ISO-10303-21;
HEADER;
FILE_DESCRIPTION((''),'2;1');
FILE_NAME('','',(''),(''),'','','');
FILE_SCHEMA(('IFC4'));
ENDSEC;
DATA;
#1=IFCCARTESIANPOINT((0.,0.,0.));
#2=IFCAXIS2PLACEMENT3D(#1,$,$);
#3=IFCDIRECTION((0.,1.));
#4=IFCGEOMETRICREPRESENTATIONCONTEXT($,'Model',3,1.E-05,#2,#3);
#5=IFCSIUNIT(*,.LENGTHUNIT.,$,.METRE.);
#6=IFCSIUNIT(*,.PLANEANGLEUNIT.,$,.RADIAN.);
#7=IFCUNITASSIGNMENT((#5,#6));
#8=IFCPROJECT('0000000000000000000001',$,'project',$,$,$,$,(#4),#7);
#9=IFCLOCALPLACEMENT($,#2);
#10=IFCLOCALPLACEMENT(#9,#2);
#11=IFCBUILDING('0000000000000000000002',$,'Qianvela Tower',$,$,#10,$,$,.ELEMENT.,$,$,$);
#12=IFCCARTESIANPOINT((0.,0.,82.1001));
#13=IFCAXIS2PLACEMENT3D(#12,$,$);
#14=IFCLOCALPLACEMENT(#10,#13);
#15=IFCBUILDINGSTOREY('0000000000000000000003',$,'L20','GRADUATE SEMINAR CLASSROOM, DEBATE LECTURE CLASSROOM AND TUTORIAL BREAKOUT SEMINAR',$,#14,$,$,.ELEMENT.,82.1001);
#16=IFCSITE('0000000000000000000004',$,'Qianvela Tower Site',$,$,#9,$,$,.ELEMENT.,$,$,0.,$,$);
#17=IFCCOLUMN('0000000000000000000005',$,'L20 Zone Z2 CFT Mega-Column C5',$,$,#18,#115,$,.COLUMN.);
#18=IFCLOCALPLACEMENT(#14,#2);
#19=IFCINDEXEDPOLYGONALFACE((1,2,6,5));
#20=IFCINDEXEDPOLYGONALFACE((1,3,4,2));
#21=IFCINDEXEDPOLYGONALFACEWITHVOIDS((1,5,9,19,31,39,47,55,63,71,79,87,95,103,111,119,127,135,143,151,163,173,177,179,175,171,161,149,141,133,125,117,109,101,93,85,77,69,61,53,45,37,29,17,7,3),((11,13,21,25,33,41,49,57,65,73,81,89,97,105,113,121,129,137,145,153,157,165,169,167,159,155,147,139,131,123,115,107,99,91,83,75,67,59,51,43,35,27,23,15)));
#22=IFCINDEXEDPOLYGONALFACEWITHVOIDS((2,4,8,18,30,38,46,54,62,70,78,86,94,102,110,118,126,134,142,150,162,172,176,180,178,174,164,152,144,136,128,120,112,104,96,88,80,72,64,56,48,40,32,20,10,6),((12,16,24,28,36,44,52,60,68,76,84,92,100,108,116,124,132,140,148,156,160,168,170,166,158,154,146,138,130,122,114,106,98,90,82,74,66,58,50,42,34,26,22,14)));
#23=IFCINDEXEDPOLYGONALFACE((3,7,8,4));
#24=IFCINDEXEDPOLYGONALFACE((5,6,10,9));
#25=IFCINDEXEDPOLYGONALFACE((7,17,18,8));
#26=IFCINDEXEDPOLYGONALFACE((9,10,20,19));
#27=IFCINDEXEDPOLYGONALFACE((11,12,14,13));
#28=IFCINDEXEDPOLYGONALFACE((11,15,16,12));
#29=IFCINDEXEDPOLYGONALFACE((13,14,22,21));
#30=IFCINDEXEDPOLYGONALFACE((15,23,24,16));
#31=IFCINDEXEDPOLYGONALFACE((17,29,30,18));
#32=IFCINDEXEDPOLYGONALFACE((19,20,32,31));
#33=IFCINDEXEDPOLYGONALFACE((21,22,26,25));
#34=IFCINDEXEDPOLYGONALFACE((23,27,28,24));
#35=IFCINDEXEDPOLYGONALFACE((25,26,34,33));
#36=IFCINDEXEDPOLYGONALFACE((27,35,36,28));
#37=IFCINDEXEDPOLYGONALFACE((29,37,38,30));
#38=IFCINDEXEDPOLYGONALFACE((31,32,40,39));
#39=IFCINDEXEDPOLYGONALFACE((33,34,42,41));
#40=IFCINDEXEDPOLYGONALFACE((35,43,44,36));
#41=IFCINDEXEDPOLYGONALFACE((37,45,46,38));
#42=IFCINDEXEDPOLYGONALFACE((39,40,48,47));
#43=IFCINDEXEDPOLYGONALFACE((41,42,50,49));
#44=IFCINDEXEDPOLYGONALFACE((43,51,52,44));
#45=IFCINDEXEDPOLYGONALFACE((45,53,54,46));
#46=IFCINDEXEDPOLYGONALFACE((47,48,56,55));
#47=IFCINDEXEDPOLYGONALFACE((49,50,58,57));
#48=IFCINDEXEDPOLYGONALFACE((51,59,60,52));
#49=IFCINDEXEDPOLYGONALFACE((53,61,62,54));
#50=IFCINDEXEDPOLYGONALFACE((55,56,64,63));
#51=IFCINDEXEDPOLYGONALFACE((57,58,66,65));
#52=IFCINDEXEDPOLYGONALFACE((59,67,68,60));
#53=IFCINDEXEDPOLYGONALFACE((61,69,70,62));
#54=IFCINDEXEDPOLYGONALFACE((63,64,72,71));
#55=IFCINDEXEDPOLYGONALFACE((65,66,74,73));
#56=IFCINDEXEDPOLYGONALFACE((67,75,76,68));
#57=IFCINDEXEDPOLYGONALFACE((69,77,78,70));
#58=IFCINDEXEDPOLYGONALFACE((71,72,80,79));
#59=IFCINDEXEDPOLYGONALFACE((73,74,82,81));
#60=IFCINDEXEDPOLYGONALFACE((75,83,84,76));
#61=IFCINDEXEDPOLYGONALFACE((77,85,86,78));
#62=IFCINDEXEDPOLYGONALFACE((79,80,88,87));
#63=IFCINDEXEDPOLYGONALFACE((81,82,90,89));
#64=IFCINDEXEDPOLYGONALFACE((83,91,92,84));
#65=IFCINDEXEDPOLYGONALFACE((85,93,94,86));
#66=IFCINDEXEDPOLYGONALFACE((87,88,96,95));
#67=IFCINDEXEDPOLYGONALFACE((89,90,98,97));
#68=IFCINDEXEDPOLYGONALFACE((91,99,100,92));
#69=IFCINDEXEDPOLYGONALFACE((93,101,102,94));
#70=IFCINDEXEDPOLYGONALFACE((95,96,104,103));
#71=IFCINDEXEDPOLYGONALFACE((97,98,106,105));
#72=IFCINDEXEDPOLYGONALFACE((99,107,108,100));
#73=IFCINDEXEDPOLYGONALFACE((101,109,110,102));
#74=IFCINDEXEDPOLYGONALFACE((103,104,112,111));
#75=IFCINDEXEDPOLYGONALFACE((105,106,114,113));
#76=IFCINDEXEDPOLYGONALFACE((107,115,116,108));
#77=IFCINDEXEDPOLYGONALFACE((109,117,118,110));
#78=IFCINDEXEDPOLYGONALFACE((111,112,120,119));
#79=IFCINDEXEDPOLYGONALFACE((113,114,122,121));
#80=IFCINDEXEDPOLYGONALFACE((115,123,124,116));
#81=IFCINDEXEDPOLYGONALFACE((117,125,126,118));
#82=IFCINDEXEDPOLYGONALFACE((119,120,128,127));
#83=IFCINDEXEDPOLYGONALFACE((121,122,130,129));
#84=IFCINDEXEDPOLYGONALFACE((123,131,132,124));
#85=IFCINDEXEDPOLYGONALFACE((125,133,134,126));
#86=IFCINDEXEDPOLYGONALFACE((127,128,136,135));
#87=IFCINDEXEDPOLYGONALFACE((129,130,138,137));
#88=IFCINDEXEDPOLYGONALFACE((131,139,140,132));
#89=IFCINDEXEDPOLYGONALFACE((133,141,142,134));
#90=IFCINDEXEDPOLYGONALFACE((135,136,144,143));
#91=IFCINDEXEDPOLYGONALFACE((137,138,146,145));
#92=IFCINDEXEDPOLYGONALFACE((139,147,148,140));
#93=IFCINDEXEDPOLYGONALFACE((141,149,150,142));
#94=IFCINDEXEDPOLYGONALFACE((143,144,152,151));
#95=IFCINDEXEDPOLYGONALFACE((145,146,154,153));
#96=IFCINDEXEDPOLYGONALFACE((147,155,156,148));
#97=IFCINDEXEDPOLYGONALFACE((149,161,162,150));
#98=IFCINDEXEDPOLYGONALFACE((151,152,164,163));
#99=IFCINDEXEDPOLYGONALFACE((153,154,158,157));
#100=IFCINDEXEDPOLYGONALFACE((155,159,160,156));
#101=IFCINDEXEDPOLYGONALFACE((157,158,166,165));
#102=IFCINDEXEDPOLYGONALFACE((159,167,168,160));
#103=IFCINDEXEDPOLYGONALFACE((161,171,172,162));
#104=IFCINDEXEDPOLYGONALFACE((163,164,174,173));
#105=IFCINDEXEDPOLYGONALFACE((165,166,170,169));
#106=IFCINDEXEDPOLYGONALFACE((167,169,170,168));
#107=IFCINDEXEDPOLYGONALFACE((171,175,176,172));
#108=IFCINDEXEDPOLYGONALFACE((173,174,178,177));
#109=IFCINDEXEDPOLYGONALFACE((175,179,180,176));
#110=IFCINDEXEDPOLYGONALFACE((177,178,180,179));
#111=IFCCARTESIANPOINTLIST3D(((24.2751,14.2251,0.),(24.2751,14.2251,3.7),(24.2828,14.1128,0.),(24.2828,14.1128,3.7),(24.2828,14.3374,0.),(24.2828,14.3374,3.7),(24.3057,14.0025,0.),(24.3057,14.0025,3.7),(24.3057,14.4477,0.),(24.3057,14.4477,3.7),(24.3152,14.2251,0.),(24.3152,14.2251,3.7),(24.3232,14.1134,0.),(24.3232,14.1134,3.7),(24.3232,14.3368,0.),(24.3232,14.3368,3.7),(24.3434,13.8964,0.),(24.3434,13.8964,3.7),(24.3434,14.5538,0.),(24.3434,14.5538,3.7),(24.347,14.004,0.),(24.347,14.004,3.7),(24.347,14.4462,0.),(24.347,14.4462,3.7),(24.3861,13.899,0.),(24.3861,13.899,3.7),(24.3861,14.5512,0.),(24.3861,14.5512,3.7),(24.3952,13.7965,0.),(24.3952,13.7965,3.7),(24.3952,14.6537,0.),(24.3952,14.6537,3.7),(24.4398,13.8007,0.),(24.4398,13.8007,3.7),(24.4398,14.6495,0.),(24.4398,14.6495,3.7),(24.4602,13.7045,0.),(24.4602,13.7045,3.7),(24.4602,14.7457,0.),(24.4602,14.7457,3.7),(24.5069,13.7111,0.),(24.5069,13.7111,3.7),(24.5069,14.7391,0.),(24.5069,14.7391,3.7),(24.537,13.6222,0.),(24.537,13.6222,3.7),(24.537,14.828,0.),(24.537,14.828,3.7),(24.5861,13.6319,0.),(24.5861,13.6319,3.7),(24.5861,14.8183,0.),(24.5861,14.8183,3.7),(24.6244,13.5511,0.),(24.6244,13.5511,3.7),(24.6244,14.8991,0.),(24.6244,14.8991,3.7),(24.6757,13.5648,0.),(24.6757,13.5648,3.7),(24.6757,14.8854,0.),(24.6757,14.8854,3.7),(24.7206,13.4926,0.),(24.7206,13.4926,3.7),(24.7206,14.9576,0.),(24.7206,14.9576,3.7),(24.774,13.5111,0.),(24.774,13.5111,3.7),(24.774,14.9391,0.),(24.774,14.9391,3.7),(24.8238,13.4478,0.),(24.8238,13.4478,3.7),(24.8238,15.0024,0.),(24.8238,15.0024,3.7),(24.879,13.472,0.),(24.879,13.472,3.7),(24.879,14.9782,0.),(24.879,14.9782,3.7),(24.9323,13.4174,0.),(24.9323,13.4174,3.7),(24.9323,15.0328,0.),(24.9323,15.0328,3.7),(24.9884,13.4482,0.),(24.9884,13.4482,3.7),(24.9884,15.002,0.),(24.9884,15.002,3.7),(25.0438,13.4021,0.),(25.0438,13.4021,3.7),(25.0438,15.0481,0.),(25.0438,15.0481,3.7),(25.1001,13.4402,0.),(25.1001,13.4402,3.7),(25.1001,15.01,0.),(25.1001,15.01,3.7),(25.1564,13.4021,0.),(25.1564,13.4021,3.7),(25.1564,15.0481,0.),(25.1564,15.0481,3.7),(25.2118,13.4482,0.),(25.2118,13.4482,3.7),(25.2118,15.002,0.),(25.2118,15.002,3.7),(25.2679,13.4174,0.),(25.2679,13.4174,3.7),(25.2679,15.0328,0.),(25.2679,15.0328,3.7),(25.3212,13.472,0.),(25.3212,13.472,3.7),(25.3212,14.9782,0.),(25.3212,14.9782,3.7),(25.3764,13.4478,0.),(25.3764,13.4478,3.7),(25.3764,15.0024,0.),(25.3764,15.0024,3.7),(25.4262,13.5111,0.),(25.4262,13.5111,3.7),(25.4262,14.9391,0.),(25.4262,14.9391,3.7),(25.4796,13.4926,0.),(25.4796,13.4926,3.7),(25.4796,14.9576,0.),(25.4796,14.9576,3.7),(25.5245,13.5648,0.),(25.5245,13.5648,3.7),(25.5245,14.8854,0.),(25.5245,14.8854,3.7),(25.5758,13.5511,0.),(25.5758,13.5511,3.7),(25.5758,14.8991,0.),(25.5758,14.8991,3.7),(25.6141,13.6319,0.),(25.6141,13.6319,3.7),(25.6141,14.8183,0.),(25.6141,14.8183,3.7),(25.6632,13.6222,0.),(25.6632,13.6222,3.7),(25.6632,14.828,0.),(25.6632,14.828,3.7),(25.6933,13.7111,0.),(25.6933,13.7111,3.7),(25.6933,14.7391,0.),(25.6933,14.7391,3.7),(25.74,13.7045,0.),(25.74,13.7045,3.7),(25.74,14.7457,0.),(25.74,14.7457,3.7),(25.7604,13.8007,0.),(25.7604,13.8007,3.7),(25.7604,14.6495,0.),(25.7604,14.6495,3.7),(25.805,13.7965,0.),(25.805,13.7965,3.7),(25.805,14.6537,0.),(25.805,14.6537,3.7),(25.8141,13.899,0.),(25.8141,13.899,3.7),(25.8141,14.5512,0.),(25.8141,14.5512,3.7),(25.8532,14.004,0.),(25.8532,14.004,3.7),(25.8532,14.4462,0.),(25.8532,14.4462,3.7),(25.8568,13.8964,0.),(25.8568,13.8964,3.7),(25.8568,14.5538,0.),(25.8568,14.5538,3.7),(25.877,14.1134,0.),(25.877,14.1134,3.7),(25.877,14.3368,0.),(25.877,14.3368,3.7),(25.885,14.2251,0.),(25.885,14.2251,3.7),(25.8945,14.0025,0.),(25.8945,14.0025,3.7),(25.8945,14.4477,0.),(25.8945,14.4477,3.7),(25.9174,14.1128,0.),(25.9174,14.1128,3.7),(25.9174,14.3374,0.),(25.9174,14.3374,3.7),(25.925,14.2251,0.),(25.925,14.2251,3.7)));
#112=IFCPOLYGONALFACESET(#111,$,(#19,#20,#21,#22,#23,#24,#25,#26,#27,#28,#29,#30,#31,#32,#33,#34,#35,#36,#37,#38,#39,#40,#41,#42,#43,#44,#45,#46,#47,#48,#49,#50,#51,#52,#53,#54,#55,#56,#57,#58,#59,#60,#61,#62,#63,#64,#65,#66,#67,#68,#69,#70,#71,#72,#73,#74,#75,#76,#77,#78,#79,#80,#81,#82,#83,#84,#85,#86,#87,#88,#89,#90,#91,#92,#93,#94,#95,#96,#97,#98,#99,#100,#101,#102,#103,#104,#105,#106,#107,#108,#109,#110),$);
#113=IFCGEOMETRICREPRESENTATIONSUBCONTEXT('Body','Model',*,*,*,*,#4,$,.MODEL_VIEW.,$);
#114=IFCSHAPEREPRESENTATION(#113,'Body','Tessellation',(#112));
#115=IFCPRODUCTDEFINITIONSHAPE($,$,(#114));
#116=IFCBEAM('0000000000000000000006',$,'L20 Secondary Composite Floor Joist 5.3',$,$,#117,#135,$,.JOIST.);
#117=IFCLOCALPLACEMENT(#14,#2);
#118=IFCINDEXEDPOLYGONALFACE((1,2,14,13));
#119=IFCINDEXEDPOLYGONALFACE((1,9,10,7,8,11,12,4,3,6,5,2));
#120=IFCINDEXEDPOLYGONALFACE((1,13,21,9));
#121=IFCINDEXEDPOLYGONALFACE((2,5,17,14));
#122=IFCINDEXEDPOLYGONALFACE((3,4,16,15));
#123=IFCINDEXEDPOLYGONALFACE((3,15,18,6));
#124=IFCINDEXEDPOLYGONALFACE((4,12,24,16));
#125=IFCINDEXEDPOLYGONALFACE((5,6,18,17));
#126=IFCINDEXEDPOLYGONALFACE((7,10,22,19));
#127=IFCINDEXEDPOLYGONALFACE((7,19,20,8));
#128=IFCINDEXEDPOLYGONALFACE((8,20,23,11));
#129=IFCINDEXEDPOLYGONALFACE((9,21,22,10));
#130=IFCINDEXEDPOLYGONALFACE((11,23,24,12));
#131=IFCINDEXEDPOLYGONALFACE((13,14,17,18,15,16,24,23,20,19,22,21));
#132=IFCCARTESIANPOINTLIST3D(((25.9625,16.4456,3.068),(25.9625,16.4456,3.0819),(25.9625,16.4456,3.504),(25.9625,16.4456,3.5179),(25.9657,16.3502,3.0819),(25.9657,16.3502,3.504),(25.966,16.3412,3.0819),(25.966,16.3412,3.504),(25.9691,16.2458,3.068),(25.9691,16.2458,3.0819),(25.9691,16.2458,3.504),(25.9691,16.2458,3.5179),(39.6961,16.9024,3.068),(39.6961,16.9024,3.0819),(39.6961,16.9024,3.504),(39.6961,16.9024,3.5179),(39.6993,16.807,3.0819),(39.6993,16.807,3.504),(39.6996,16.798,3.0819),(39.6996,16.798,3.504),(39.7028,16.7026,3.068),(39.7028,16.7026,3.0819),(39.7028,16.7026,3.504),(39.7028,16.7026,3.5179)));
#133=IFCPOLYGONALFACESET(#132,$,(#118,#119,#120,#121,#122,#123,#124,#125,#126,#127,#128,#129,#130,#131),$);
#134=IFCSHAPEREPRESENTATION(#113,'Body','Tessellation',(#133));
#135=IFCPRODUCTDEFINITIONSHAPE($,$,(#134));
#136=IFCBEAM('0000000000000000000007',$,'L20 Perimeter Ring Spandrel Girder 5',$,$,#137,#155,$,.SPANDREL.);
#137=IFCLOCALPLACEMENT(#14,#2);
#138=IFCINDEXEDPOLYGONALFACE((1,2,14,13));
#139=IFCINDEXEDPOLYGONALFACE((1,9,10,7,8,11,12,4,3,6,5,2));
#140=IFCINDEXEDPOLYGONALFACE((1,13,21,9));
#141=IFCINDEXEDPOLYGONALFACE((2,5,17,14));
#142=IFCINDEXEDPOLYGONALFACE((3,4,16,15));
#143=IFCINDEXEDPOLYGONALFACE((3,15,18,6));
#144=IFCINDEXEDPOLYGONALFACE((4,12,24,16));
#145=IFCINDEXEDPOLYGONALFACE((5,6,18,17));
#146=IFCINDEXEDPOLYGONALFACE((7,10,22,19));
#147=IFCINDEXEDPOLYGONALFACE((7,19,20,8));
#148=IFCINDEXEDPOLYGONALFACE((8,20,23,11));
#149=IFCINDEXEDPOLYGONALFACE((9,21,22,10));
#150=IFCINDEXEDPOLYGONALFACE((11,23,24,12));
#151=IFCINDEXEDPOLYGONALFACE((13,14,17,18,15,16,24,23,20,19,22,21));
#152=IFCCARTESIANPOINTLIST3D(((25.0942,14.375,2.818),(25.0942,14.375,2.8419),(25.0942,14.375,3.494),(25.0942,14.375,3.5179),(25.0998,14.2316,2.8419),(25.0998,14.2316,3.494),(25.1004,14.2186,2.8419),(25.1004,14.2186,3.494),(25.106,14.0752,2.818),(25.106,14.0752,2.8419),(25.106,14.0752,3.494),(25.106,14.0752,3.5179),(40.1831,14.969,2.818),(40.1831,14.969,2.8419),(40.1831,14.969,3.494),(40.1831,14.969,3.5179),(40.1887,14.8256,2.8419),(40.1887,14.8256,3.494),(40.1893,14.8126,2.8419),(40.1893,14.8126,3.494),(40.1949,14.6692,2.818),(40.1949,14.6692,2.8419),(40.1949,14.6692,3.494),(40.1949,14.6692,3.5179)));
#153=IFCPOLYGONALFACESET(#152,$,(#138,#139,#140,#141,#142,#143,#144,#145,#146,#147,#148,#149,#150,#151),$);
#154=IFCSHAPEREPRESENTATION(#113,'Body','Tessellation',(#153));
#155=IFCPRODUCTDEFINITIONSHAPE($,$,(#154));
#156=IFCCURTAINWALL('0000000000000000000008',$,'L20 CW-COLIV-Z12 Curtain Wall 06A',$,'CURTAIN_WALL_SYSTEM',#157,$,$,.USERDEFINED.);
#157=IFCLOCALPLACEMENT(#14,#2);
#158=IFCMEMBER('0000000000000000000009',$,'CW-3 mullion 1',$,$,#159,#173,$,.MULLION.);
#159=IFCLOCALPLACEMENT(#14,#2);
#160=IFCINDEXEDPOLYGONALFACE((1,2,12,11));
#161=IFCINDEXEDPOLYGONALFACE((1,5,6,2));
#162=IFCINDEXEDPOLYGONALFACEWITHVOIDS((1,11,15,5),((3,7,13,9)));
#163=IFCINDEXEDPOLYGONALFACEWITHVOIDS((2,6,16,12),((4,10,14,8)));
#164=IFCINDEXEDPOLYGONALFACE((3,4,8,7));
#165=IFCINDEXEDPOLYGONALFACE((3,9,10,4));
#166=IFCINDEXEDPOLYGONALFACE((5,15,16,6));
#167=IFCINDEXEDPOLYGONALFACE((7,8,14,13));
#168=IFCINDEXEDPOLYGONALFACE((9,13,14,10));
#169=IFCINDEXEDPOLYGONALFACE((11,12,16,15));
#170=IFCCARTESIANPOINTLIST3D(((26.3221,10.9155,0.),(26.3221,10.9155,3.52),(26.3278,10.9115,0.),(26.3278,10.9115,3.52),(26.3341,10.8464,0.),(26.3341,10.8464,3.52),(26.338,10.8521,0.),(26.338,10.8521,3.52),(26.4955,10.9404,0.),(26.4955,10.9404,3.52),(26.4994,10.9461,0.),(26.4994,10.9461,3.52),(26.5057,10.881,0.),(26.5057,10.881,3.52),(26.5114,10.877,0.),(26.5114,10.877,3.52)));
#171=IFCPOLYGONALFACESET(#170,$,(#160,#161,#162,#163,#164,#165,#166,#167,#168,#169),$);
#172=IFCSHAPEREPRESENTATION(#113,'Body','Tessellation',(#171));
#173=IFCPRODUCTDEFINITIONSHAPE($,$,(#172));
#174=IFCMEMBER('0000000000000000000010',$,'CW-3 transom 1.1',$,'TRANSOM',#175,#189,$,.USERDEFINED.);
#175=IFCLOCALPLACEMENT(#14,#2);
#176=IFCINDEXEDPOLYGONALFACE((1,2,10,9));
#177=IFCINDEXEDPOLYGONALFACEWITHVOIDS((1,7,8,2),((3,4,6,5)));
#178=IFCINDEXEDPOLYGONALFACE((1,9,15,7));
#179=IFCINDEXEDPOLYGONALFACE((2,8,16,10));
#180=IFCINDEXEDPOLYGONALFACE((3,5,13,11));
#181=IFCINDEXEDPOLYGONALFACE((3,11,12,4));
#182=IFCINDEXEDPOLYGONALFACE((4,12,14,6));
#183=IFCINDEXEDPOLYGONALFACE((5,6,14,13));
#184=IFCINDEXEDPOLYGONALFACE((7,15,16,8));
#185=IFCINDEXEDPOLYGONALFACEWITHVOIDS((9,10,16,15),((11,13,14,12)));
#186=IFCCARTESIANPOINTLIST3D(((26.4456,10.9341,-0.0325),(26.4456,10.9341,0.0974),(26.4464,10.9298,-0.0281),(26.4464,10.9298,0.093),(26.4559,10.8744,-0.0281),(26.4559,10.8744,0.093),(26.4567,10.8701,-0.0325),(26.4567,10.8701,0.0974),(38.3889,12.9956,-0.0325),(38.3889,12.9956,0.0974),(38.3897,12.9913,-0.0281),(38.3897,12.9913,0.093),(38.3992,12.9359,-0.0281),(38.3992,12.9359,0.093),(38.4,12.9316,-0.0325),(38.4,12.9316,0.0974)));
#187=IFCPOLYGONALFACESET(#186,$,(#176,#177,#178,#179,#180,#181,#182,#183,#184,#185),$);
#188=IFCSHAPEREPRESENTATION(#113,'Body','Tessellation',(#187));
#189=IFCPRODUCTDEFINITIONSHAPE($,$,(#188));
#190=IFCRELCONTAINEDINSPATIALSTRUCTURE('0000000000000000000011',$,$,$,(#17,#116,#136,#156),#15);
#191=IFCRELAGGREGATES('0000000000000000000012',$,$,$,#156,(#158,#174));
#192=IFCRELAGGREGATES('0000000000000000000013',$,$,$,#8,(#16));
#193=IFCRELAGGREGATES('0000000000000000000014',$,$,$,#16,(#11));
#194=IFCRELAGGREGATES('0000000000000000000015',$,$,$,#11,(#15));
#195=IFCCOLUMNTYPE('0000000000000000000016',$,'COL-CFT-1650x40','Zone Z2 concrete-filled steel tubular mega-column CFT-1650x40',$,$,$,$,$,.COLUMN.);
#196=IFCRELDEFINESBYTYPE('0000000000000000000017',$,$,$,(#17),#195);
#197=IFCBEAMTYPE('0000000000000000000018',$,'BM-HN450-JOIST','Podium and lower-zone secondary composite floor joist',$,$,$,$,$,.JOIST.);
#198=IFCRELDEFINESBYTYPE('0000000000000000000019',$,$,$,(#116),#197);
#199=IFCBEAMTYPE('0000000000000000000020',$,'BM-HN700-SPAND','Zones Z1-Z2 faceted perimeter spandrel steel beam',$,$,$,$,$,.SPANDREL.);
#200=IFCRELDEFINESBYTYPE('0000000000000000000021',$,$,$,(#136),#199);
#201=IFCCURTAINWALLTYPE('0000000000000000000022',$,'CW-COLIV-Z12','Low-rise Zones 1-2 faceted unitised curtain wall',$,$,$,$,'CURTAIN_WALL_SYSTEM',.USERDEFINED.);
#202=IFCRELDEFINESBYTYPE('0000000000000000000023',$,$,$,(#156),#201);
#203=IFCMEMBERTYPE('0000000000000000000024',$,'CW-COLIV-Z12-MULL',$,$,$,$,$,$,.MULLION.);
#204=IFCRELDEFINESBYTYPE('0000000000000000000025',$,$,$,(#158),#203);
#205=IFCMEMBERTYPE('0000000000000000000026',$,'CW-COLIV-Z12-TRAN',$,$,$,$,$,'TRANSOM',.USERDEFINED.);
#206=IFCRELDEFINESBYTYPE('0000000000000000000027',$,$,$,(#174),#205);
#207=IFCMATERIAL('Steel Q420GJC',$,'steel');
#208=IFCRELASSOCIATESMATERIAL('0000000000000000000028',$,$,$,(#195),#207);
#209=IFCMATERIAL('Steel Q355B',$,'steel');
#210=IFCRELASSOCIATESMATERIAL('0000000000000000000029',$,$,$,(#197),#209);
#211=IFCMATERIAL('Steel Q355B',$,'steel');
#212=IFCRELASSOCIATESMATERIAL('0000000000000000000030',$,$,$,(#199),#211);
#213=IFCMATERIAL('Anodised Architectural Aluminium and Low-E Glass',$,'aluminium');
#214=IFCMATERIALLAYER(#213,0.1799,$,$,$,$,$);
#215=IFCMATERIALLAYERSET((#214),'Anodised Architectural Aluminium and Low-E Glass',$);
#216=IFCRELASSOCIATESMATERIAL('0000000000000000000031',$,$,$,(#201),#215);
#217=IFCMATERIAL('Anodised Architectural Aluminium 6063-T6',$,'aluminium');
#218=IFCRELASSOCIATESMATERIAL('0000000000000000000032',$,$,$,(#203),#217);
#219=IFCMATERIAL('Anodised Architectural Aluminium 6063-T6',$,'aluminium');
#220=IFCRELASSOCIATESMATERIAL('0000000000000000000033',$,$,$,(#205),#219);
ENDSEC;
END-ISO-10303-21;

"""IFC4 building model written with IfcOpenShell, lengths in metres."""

from ifc_helpers import new_model, si_unit, direction, frame, origin, origin_2d, place, context, subcontext, project, spatial, hollow_rectangle, hollow_circle, i_section, extrude, material, layer, layer_set, material_profile, profile_set, type_object, element, aggregate, save


model = new_model("IFC4")

# Units and contexts
model_context = context("Model", 3, precision=1e-05, world=origin(), true_north=direction((0.0, 1.0)))
body_context = subcontext(model_context, "Body", "Model", "MODEL_VIEW")
ifc_project = project(units=[si_unit("LENGTHUNIT", "METRE"), si_unit("PLANEANGLEUNIT", "RADIAN")], contexts=[model_context])

# Site, building, storey
site_placement = place(None, origin())
site = spatial("IfcSite", under=ifc_project, at=site_placement, Name="Qianvela Tower Site", CompositionType="ELEMENT", RefElevation=0.0)
building_placement = place(site_placement, origin())
building = spatial("IfcBuilding", under=site, at=building_placement, Name="Qianvela Tower", CompositionType="ELEMENT")
storey_placement = place(building_placement, frame((0.0, 0.0, 82.1001)))
storey = spatial("IfcBuildingStorey", under=building, at=storey_placement, Name="L20", Description="GRADUATE SEMINAR CLASSROOM, DEBATE LECTURE CLASSROOM AND TUTORIAL BREAKOUT SEMINAR", CompositionType="ELEMENT", Elevation=82.1001)

# Column
ifc_material_1 = material(Name="Steel Q420GJC", Category="steel")
ifc_material_profile_1 = material_profile(ifc_material_1, hollow_circle(Radius=0.825, WallThickness=0.04, at=origin_2d()), Name="CFT-1650x40")
ifc_profile_set_1 = profile_set([ifc_material_profile_1], Name="Steel Q420GJC")
column_type = type_object("IfcColumnType", Name="COL-CFT-1650x40", Description="Zone Z2 concrete-filled steel tubular mega-column CFT-1650x40", PredefinedType="COLUMN", material=ifc_profile_set_1)
column_placement = place(storey_placement, frame((25.1001, 14.2251, 0.0), z_axis=(0.0, 0.0, 1.0), x_axis=(1.0, 0.0, 0.0)))
element("IfcColumn", 1, at=column_placement, inside=storey, type_object=column_type, Name="L20 Zone Z2 CFT Mega-Column C5", PredefinedType="COLUMN", context=body_context, shape_type="SweptSolid", body=[
    extrude(hollow_circle(Radius=0.825, WallThickness=0.04, at=origin_2d()), origin(), (0.0, 0.0, 1.0), 3.7),
])

# Beams
ifc_material_2 = material(Name="Steel Q355B", Category="steel")
ifc_material_profile_2 = material_profile(ifc_material_2, i_section(OverallWidth=0.2, OverallDepth=0.45, WebThickness=0.009, FlangeThickness=0.0139, at=origin_2d()), Name="HN450x200x9x14")
ifc_profile_set_2 = profile_set([ifc_material_profile_2], Name="Steel Q355B")
beam_type_1 = type_object("IfcBeamType", Name="BM-HN450-JOIST", Description="Podium and lower-zone secondary composite floor joist", PredefinedType="JOIST", material=ifc_profile_set_2)
beam_1_placement = place(storey_placement, frame((25.9658, 16.3457, 3.293), z_axis=(0.999447, 0.033242, 0.0), x_axis=(-0.033242, 0.999447, 0.0)))
element("IfcBeam", 2, at=beam_1_placement, inside=storey, type_object=beam_type_1, Name="L20 Secondary Composite Floor Joist 5.3", PredefinedType="JOIST", context=body_context, shape_type="SweptSolid", body=[
    extrude(i_section(OverallWidth=0.2, OverallDepth=0.45, WebThickness=0.009, FlangeThickness=0.0139, at=origin_2d()), origin(), (0.0, 0.0, 1.0), 13.7412),
])
ifc_material_3 = material(Name="Steel Q355B", Category="steel")
ifc_material_profile_3 = material_profile(ifc_material_3, i_section(OverallWidth=0.3, OverallDepth=0.7, WebThickness=0.0129, FlangeThickness=0.0239, at=origin_2d()), Name="HN700x300x13x24")
ifc_profile_set_3 = profile_set([ifc_material_profile_3], Name="Steel Q355B")
beam_type_2 = type_object("IfcBeamType", Name="BM-HN700-SPAND", Description="Zones Z1-Z2 faceted perimeter spandrel steel beam", PredefinedType="SPANDREL", material=ifc_profile_set_3)
beam_2_placement = place(storey_placement, frame((25.1001, 14.2251, 3.168), z_axis=(0.999226, 0.039336, 0.0), x_axis=(-0.039336, 0.999226, 0.0)))
element("IfcBeam", 3, at=beam_2_placement, inside=storey, type_object=beam_type_2, Name="L20 Perimeter Ring Spandrel Girder 5", PredefinedType="SPANDREL", context=body_context, shape_type="SweptSolid", body=[
    extrude(i_section(OverallWidth=0.3, OverallDepth=0.7, WebThickness=0.0129, FlangeThickness=0.0239, at=origin_2d()), origin(), (0.0, 0.0, 1.0), 15.1006),
])

# Curtain wall, members
ifc_material_4 = material(Name="Anodised Architectural Aluminium and Low-E Glass", Category="aluminium")
ifc_layer_1 = layer(ifc_material_4, 0.1799)
ifc_layer_set_1 = layer_set([ifc_layer_1], Name="Anodised Architectural Aluminium and Low-E Glass")
curtain_wall_type = type_object("IfcCurtainWallType", Name="CW-COLIV-Z12", Description="Low-rise Zones 1-2 faceted unitised curtain wall", ElementType="CURTAIN_WALL_SYSTEM", PredefinedType="USERDEFINED", material=ifc_layer_set_1)
curtain_wall_placement = place(storey_placement, origin())
curtain_wall = element("IfcCurtainWall", 4, at=curtain_wall_placement, inside=storey, type_object=curtain_wall_type, Name="L20 CW-COLIV-Z12 Curtain Wall 06A", ObjectType="CURTAIN_WALL_SYSTEM", PredefinedType="USERDEFINED")
ifc_material_5 = material(Name="Anodised Architectural Aluminium 6063-T6", Category="aluminium")
ifc_material_profile_4 = material_profile(ifc_material_5, hollow_rectangle(XDim=0.0701, YDim=0.1799, WallThickness=0.0049, at=origin_2d()), Name="ALU-MULL-70x180")
ifc_profile_set_4 = profile_set([ifc_material_profile_4], Name="Anodised Architectural Aluminium 6063-T6")
member_type_1 = type_object("IfcMemberType", Name="CW-COLIV-Z12-MULL", PredefinedType="MULLION", material=ifc_profile_set_4)
member_1_placement = place(storey_placement, frame((26.4167, 10.8962, 0.0), z_axis=(0.0, 0.0, 1.0), x_axis=(-0.17009, 0.985428, 0.0)))
member_1 = element("IfcMember", 5, at=member_1_placement, type_object=member_type_1, Name="CW-3 mullion 1", PredefinedType="MULLION", context=body_context, shape_type="SweptSolid", body=[
    extrude(hollow_rectangle(XDim=0.0701, YDim=0.1799, WallThickness=0.0049, at=origin_2d()), origin(), (0.0, 0.0, 1.0), 3.52),
])
ifc_material_6 = material(Name="Anodised Architectural Aluminium 6063-T6", Category="aluminium")
ifc_material_profile_5 = material_profile(ifc_material_6, hollow_rectangle(XDim=0.0649, YDim=0.1299, WallThickness=0.0044, at=origin_2d()), Name="ALU-TRAN-65x130")
ifc_profile_set_5 = profile_set([ifc_material_profile_5], Name="Anodised Architectural Aluminium 6063-T6")
member_type_2 = type_object("IfcMemberType", Name="CW-COLIV-Z12-TRAN", ElementType="TRANSOM", PredefinedType="USERDEFINED", material=ifc_profile_set_5)
member_2_placement = place(storey_placement, frame((26.4512, 10.9021, 0.0325), z_axis=(0.985428, 0.170093, 0.0), x_axis=(-0.170093, 0.985428, 0.0)))
member_2 = element("IfcMember", 6, at=member_2_placement, type_object=member_type_2, Name="CW-3 transom 1.1", ObjectType="TRANSOM", PredefinedType="USERDEFINED", context=body_context, shape_type="SweptSolid", body=[
    extrude(hollow_rectangle(XDim=0.0649, YDim=0.1299, WallThickness=0.0044, at=origin_2d()), origin(), (0.0, 0.0, 1.0), 12.1199),
])
aggregate(curtain_wall, [member_1, member_2])

save(model, "model.ifc")
